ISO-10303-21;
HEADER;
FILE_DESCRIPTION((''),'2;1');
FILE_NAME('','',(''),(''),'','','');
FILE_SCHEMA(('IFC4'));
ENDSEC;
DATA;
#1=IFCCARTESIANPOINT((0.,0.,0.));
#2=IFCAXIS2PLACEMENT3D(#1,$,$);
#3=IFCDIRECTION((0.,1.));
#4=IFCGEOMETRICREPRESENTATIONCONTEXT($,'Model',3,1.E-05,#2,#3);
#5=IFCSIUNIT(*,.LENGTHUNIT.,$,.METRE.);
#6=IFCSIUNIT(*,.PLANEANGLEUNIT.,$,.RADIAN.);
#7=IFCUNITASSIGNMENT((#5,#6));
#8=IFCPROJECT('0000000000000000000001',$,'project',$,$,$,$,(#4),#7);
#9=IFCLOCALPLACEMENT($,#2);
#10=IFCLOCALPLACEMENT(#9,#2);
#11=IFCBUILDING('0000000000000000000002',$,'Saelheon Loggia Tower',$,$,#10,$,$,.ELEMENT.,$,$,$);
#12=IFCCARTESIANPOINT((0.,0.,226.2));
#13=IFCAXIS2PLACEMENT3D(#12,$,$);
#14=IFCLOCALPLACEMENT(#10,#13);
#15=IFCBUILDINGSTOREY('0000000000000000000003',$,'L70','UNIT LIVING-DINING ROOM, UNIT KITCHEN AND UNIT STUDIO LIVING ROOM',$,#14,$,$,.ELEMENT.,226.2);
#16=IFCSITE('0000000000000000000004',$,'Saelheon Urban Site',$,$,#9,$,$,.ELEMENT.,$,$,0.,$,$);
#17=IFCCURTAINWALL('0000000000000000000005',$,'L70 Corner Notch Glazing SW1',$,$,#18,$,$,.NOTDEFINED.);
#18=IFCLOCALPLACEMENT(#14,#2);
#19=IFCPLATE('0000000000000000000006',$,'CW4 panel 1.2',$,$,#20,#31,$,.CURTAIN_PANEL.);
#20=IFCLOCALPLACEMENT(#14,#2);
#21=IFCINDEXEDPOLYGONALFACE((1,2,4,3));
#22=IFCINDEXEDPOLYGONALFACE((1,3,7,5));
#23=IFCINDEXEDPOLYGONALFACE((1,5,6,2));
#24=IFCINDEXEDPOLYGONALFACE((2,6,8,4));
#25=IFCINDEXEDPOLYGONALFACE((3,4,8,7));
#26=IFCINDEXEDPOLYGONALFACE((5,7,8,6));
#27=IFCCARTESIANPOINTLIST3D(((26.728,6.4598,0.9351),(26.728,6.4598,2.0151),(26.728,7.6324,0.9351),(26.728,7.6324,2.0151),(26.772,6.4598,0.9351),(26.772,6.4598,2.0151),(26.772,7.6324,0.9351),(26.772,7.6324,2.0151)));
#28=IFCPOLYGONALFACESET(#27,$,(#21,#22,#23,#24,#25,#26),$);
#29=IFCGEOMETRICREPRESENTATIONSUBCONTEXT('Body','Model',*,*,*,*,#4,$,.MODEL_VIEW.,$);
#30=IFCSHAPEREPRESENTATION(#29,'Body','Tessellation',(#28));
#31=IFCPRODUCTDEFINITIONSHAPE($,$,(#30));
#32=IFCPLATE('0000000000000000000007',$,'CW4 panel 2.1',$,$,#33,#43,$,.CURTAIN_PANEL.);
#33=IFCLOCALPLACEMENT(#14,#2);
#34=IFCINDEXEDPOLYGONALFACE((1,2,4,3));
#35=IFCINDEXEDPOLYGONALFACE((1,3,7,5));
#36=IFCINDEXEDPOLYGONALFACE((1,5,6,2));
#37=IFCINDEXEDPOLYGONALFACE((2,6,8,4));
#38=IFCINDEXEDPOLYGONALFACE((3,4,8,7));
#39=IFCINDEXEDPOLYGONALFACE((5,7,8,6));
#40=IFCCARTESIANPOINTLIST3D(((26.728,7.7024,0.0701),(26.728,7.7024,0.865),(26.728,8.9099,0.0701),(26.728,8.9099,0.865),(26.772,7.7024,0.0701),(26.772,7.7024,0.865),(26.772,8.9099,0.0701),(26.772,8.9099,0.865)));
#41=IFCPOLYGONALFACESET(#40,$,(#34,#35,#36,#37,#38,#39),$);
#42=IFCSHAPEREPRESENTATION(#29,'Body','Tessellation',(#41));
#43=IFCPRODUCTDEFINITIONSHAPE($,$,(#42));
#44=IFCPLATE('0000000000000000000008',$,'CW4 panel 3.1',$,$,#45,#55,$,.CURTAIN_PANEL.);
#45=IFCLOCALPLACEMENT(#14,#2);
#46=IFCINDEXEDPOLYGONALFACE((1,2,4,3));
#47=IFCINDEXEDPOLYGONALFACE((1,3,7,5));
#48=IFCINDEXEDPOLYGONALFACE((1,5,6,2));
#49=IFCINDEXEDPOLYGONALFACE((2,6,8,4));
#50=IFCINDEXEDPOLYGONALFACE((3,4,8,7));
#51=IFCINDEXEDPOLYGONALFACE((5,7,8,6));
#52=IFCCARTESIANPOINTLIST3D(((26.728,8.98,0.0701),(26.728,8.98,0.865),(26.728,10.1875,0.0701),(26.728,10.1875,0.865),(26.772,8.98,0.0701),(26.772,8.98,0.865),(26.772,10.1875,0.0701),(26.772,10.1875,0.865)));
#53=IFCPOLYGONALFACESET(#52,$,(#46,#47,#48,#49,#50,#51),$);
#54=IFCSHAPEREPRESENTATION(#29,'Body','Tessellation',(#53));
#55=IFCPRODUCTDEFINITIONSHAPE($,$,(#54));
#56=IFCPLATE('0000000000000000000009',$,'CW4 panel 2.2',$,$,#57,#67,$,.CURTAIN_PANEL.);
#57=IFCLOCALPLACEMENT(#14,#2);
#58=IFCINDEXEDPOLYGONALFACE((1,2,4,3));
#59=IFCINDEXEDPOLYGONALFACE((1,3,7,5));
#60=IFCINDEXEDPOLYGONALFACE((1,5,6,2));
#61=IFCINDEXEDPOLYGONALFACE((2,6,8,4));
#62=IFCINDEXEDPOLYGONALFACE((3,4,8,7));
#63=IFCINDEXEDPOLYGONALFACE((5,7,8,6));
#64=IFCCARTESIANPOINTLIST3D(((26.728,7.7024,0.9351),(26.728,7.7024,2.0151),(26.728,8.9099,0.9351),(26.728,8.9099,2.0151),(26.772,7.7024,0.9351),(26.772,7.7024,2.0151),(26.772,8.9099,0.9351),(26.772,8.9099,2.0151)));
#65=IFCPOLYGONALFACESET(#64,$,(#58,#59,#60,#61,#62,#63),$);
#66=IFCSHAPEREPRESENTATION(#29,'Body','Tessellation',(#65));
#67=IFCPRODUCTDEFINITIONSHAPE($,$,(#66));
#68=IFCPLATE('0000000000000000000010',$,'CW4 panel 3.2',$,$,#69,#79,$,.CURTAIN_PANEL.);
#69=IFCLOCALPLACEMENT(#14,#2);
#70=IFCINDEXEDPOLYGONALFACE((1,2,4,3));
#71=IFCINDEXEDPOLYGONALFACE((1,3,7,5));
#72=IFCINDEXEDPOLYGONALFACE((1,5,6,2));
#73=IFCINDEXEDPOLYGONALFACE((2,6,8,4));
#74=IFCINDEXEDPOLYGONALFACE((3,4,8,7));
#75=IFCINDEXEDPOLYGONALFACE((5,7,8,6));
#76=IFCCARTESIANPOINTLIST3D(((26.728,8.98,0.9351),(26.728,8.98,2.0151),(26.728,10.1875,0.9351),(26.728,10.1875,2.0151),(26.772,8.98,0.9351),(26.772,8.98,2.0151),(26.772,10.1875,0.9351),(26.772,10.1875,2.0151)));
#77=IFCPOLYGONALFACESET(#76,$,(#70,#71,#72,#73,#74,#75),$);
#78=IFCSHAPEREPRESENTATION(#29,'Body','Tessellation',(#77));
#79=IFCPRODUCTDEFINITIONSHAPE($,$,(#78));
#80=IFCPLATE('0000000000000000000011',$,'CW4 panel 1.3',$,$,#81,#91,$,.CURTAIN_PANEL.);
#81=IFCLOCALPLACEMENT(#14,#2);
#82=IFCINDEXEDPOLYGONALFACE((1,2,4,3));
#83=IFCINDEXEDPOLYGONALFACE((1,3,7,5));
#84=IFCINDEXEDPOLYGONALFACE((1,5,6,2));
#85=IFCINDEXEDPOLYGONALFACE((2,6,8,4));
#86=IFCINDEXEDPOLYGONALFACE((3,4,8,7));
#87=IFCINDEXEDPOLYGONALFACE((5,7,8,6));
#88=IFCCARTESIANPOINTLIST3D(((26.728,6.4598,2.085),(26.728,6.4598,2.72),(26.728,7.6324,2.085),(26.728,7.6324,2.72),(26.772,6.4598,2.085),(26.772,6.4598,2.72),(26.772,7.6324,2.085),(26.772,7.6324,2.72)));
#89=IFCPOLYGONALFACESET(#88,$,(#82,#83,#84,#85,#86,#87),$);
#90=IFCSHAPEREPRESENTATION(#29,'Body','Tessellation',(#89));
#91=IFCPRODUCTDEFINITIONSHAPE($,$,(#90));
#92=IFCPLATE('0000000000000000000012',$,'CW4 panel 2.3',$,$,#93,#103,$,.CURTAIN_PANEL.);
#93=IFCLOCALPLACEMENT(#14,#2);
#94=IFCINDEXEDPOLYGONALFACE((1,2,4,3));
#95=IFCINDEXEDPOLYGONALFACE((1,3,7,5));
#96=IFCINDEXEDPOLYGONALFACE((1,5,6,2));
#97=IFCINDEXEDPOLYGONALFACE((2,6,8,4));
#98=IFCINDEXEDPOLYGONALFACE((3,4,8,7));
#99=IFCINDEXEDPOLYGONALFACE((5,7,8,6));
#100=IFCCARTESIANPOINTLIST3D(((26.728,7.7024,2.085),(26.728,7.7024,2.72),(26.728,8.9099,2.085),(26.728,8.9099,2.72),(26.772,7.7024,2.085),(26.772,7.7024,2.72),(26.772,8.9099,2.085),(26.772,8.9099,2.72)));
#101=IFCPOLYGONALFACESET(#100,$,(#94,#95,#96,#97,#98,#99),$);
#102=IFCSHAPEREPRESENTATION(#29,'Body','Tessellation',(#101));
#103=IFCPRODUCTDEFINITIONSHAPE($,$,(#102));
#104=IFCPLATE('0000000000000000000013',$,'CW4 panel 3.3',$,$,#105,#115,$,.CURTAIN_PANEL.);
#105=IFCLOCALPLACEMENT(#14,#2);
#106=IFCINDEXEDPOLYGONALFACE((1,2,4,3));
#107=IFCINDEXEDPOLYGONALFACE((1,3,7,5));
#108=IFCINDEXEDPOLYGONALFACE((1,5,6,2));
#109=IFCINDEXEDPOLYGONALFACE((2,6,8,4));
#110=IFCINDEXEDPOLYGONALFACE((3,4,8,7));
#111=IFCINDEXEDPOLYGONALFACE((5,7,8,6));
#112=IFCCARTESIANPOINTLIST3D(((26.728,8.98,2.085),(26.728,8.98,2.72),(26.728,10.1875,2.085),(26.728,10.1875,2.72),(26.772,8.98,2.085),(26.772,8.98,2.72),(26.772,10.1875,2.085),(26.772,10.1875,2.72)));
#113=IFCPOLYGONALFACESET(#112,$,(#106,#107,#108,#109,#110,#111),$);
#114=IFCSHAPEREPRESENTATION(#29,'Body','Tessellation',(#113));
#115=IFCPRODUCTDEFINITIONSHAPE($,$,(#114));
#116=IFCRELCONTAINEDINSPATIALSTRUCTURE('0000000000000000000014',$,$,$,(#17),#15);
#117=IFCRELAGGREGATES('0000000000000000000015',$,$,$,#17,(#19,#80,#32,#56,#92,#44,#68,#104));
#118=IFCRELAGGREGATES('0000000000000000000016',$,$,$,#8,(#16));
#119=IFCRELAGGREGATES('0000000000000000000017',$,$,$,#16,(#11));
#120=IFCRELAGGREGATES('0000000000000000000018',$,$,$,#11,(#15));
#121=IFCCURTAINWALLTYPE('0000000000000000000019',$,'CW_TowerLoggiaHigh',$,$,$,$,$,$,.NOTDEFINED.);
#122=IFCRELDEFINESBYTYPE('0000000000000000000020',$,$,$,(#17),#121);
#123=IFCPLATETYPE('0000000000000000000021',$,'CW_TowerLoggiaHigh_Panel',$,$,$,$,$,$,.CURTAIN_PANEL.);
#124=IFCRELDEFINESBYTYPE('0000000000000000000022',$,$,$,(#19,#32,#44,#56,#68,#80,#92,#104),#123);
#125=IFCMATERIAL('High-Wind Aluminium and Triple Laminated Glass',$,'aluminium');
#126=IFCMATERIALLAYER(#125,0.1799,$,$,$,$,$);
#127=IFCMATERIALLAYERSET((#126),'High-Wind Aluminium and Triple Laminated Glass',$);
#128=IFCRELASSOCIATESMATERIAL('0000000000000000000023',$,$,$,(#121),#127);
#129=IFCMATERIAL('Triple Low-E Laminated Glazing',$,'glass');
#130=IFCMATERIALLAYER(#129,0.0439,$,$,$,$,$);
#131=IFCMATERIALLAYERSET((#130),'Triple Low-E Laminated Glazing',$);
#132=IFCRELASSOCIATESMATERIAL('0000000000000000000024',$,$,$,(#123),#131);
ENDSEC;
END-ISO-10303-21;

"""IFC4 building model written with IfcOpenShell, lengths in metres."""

from ifc_helpers import new_model, si_unit, direction, frame, origin, origin_2d, place, context, subcontext, project, spatial, rectangle, extrude, source, transform, mapped, material, layer, layer_set, type_object, element, aggregate, save


model = new_model("IFC4")

# Units and contexts
model_context = context("Model", 3, precision=1e-05, world=origin(), true_north=direction((0.0, 1.0)))
body_context = subcontext(model_context, "Body", "Model", "MODEL_VIEW")
ifc_project = project(units=[si_unit("LENGTHUNIT", "METRE"), si_unit("PLANEANGLEUNIT", "RADIAN")], contexts=[model_context])

# Site, building, storey
site_placement = place(None, origin())
site = spatial("IfcSite", under=ifc_project, at=site_placement, Name="Saelheon Urban Site", CompositionType="ELEMENT", RefElevation=0.0)
building_placement = place(site_placement, origin())
building = spatial("IfcBuilding", under=site, at=building_placement, Name="Saelheon Loggia Tower", CompositionType="ELEMENT")
storey_placement = place(building_placement, frame((0.0, 0.0, 226.2)))
storey = spatial("IfcBuildingStorey", under=building, at=storey_placement, Name="L70", Description="UNIT LIVING-DINING ROOM, UNIT KITCHEN AND UNIT STUDIO LIVING ROOM", CompositionType="ELEMENT", Elevation=226.2)

# Curtain wall, plates
ifc_material_1 = material(Name="High-Wind Aluminium and Triple Laminated Glass", Category="aluminium")
ifc_layer_1 = layer(ifc_material_1, 0.1799)
ifc_layer_set_1 = layer_set([ifc_layer_1], Name="High-Wind Aluminium and Triple Laminated Glass")
curtain_wall_type = type_object("IfcCurtainWallType", Name="CW_TowerLoggiaHigh", PredefinedType="NOTDEFINED", material=ifc_layer_set_1)
curtain_wall_placement = place(storey_placement, origin())
curtain_wall = element("IfcCurtainWall", 1, at=curtain_wall_placement, inside=storey, type_object=curtain_wall_type, Name="L70 Corner Notch Glazing SW1", PredefinedType="NOTDEFINED")
ifc_material_2 = material(Name="Triple Low-E Laminated Glazing", Category="glass")
ifc_layer_2 = layer(ifc_material_2, 0.0439)
ifc_layer_set_2 = layer_set([ifc_layer_2], Name="Triple Low-E Laminated Glazing")
plate_type = type_object("IfcPlateType", Name="CW_TowerLoggiaHigh_Panel", PredefinedType="CURTAIN_PANEL", material=ifc_layer_set_2)
shared_shape_1 = source(origin(), body_context, "Body", "SweptSolid", [
    extrude(rectangle(XDim=1.1726, YDim=0.0439, at=origin_2d()), origin(), (0.0, 0.0, 1.0), 1.0801),
])
plate_1_placement = place(storey_placement, frame((26.75, 7.0461, 0.9351), z_axis=(0.0, 0.0, 1.0), x_axis=(0.0, 1.0, 0.0)))
plate_1 = element("IfcPlate", 2, at=plate_1_placement, type_object=plate_type, Name="CW4 panel 1.2", PredefinedType="CURTAIN_PANEL", context=body_context, shape_type="MappedRepresentation", body=[
    mapped(shared_shape_1, transform((0.0, 0.0, 0.0), scale=1.0)),
])
shared_shape_2 = source(origin(), body_context, "Body", "SweptSolid", [
    extrude(rectangle(XDim=1.2075, YDim=0.0439, at=origin_2d()), origin(), (0.0, 0.0, 1.0), 0.7949),
])
plate_2_placement = place(storey_placement, frame((26.75, 8.3062, 0.0701), z_axis=(0.0, 0.0, 1.0), x_axis=(0.0, 1.0, 0.0)))
plate_2 = element("IfcPlate", 3, at=plate_2_placement, type_object=plate_type, Name="CW4 panel 2.1", PredefinedType="CURTAIN_PANEL", context=body_context, shape_type="MappedRepresentation", body=[
    mapped(shared_shape_2, transform((0.0, 0.0, 0.0), scale=1.0)),
])
plate_3_placement = place(storey_placement, frame((26.75, 9.5837, 0.0701), z_axis=(0.0, 0.0, 1.0), x_axis=(0.0, 1.0, 0.0)))
plate_3 = element("IfcPlate", 4, at=plate_3_placement, type_object=plate_type, Name="CW4 panel 3.1", PredefinedType="CURTAIN_PANEL", context=body_context, shape_type="MappedRepresentation", body=[
    mapped(shared_shape_2, transform((0.0, 0.0, 0.0), scale=1.0)),
])
shared_shape_3 = source(origin(), body_context, "Body", "SweptSolid", [
    extrude(rectangle(XDim=1.2075, YDim=0.0439, at=origin_2d()), origin(), (0.0, 0.0, 1.0), 1.0801),
])
plate_4_placement = place(storey_placement, frame((26.75, 8.3062, 0.9351), z_axis=(0.0, 0.0, 1.0), x_axis=(0.0, 1.0, 0.0)))
plate_4 = element("IfcPlate", 5, at=plate_4_placement, type_object=plate_type, Name="CW4 panel 2.2", PredefinedType="CURTAIN_PANEL", context=body_context, shape_type="MappedRepresentation", body=[
    mapped(shared_shape_3, transform((0.0, 0.0, 0.0), scale=1.0)),
])
plate_5_placement = place(storey_placement, frame((26.75, 9.5837, 0.9351), z_axis=(0.0, 0.0, 1.0), x_axis=(0.0, 1.0, 0.0)))
plate_5 = element("IfcPlate", 6, at=plate_5_placement, type_object=plate_type, Name="CW4 panel 3.2", PredefinedType="CURTAIN_PANEL", context=body_context, shape_type="MappedRepresentation", body=[
    mapped(shared_shape_3, transform((0.0, 0.0, 0.0), scale=1.0)),
])
shared_shape_4 = source(origin(), body_context, "Body", "SweptSolid", [
    extrude(rectangle(XDim=1.1726, YDim=0.0439, at=origin_2d()), origin(), (0.0, 0.0, 1.0), 0.635),
])
plate_6_placement = place(storey_placement, frame((26.75, 7.0461, 2.085), z_axis=(0.0, 0.0, 1.0), x_axis=(0.0, 1.0, 0.0)))
plate_6 = element("IfcPlate", 7, at=plate_6_placement, type_object=plate_type, Name="CW4 panel 1.3", PredefinedType="CURTAIN_PANEL", context=body_context, shape_type="MappedRepresentation", body=[
    mapped(shared_shape_4, transform((0.0, 0.0, 0.0), scale=1.0)),
])
shared_shape_5 = source(origin(), body_context, "Body", "SweptSolid", [
    extrude(rectangle(XDim=1.2075, YDim=0.0439, at=origin_2d()), origin(), (0.0, 0.0, 1.0), 0.635),
])
plate_7_placement = place(storey_placement, frame((26.75, 8.3062, 2.085), z_axis=(0.0, 0.0, 1.0), x_axis=(0.0, 1.0, 0.0)))
plate_7 = element("IfcPlate", 8, at=plate_7_placement, type_object=plate_type, Name="CW4 panel 2.3", PredefinedType="CURTAIN_PANEL", context=body_context, shape_type="MappedRepresentation", body=[
    mapped(shared_shape_5, transform((0.0, 0.0, 0.0), scale=1.0)),
])
plate_8_placement = place(storey_placement, frame((26.75, 9.5837, 2.085), z_axis=(0.0, 0.0, 1.0), x_axis=(0.0, 1.0, 0.0)))
plate_8 = element("IfcPlate", 9, at=plate_8_placement, type_object=plate_type, Name="CW4 panel 3.3", PredefinedType="CURTAIN_PANEL", context=body_context, shape_type="MappedRepresentation", body=[
    mapped(shared_shape_5, transform((0.0, 0.0, 0.0), scale=1.0)),
])
aggregate(curtain_wall, [plate_1, plate_6, plate_2, plate_4, plate_7, plate_3, plate_5, plate_8])

save(model, "model.ifc")
